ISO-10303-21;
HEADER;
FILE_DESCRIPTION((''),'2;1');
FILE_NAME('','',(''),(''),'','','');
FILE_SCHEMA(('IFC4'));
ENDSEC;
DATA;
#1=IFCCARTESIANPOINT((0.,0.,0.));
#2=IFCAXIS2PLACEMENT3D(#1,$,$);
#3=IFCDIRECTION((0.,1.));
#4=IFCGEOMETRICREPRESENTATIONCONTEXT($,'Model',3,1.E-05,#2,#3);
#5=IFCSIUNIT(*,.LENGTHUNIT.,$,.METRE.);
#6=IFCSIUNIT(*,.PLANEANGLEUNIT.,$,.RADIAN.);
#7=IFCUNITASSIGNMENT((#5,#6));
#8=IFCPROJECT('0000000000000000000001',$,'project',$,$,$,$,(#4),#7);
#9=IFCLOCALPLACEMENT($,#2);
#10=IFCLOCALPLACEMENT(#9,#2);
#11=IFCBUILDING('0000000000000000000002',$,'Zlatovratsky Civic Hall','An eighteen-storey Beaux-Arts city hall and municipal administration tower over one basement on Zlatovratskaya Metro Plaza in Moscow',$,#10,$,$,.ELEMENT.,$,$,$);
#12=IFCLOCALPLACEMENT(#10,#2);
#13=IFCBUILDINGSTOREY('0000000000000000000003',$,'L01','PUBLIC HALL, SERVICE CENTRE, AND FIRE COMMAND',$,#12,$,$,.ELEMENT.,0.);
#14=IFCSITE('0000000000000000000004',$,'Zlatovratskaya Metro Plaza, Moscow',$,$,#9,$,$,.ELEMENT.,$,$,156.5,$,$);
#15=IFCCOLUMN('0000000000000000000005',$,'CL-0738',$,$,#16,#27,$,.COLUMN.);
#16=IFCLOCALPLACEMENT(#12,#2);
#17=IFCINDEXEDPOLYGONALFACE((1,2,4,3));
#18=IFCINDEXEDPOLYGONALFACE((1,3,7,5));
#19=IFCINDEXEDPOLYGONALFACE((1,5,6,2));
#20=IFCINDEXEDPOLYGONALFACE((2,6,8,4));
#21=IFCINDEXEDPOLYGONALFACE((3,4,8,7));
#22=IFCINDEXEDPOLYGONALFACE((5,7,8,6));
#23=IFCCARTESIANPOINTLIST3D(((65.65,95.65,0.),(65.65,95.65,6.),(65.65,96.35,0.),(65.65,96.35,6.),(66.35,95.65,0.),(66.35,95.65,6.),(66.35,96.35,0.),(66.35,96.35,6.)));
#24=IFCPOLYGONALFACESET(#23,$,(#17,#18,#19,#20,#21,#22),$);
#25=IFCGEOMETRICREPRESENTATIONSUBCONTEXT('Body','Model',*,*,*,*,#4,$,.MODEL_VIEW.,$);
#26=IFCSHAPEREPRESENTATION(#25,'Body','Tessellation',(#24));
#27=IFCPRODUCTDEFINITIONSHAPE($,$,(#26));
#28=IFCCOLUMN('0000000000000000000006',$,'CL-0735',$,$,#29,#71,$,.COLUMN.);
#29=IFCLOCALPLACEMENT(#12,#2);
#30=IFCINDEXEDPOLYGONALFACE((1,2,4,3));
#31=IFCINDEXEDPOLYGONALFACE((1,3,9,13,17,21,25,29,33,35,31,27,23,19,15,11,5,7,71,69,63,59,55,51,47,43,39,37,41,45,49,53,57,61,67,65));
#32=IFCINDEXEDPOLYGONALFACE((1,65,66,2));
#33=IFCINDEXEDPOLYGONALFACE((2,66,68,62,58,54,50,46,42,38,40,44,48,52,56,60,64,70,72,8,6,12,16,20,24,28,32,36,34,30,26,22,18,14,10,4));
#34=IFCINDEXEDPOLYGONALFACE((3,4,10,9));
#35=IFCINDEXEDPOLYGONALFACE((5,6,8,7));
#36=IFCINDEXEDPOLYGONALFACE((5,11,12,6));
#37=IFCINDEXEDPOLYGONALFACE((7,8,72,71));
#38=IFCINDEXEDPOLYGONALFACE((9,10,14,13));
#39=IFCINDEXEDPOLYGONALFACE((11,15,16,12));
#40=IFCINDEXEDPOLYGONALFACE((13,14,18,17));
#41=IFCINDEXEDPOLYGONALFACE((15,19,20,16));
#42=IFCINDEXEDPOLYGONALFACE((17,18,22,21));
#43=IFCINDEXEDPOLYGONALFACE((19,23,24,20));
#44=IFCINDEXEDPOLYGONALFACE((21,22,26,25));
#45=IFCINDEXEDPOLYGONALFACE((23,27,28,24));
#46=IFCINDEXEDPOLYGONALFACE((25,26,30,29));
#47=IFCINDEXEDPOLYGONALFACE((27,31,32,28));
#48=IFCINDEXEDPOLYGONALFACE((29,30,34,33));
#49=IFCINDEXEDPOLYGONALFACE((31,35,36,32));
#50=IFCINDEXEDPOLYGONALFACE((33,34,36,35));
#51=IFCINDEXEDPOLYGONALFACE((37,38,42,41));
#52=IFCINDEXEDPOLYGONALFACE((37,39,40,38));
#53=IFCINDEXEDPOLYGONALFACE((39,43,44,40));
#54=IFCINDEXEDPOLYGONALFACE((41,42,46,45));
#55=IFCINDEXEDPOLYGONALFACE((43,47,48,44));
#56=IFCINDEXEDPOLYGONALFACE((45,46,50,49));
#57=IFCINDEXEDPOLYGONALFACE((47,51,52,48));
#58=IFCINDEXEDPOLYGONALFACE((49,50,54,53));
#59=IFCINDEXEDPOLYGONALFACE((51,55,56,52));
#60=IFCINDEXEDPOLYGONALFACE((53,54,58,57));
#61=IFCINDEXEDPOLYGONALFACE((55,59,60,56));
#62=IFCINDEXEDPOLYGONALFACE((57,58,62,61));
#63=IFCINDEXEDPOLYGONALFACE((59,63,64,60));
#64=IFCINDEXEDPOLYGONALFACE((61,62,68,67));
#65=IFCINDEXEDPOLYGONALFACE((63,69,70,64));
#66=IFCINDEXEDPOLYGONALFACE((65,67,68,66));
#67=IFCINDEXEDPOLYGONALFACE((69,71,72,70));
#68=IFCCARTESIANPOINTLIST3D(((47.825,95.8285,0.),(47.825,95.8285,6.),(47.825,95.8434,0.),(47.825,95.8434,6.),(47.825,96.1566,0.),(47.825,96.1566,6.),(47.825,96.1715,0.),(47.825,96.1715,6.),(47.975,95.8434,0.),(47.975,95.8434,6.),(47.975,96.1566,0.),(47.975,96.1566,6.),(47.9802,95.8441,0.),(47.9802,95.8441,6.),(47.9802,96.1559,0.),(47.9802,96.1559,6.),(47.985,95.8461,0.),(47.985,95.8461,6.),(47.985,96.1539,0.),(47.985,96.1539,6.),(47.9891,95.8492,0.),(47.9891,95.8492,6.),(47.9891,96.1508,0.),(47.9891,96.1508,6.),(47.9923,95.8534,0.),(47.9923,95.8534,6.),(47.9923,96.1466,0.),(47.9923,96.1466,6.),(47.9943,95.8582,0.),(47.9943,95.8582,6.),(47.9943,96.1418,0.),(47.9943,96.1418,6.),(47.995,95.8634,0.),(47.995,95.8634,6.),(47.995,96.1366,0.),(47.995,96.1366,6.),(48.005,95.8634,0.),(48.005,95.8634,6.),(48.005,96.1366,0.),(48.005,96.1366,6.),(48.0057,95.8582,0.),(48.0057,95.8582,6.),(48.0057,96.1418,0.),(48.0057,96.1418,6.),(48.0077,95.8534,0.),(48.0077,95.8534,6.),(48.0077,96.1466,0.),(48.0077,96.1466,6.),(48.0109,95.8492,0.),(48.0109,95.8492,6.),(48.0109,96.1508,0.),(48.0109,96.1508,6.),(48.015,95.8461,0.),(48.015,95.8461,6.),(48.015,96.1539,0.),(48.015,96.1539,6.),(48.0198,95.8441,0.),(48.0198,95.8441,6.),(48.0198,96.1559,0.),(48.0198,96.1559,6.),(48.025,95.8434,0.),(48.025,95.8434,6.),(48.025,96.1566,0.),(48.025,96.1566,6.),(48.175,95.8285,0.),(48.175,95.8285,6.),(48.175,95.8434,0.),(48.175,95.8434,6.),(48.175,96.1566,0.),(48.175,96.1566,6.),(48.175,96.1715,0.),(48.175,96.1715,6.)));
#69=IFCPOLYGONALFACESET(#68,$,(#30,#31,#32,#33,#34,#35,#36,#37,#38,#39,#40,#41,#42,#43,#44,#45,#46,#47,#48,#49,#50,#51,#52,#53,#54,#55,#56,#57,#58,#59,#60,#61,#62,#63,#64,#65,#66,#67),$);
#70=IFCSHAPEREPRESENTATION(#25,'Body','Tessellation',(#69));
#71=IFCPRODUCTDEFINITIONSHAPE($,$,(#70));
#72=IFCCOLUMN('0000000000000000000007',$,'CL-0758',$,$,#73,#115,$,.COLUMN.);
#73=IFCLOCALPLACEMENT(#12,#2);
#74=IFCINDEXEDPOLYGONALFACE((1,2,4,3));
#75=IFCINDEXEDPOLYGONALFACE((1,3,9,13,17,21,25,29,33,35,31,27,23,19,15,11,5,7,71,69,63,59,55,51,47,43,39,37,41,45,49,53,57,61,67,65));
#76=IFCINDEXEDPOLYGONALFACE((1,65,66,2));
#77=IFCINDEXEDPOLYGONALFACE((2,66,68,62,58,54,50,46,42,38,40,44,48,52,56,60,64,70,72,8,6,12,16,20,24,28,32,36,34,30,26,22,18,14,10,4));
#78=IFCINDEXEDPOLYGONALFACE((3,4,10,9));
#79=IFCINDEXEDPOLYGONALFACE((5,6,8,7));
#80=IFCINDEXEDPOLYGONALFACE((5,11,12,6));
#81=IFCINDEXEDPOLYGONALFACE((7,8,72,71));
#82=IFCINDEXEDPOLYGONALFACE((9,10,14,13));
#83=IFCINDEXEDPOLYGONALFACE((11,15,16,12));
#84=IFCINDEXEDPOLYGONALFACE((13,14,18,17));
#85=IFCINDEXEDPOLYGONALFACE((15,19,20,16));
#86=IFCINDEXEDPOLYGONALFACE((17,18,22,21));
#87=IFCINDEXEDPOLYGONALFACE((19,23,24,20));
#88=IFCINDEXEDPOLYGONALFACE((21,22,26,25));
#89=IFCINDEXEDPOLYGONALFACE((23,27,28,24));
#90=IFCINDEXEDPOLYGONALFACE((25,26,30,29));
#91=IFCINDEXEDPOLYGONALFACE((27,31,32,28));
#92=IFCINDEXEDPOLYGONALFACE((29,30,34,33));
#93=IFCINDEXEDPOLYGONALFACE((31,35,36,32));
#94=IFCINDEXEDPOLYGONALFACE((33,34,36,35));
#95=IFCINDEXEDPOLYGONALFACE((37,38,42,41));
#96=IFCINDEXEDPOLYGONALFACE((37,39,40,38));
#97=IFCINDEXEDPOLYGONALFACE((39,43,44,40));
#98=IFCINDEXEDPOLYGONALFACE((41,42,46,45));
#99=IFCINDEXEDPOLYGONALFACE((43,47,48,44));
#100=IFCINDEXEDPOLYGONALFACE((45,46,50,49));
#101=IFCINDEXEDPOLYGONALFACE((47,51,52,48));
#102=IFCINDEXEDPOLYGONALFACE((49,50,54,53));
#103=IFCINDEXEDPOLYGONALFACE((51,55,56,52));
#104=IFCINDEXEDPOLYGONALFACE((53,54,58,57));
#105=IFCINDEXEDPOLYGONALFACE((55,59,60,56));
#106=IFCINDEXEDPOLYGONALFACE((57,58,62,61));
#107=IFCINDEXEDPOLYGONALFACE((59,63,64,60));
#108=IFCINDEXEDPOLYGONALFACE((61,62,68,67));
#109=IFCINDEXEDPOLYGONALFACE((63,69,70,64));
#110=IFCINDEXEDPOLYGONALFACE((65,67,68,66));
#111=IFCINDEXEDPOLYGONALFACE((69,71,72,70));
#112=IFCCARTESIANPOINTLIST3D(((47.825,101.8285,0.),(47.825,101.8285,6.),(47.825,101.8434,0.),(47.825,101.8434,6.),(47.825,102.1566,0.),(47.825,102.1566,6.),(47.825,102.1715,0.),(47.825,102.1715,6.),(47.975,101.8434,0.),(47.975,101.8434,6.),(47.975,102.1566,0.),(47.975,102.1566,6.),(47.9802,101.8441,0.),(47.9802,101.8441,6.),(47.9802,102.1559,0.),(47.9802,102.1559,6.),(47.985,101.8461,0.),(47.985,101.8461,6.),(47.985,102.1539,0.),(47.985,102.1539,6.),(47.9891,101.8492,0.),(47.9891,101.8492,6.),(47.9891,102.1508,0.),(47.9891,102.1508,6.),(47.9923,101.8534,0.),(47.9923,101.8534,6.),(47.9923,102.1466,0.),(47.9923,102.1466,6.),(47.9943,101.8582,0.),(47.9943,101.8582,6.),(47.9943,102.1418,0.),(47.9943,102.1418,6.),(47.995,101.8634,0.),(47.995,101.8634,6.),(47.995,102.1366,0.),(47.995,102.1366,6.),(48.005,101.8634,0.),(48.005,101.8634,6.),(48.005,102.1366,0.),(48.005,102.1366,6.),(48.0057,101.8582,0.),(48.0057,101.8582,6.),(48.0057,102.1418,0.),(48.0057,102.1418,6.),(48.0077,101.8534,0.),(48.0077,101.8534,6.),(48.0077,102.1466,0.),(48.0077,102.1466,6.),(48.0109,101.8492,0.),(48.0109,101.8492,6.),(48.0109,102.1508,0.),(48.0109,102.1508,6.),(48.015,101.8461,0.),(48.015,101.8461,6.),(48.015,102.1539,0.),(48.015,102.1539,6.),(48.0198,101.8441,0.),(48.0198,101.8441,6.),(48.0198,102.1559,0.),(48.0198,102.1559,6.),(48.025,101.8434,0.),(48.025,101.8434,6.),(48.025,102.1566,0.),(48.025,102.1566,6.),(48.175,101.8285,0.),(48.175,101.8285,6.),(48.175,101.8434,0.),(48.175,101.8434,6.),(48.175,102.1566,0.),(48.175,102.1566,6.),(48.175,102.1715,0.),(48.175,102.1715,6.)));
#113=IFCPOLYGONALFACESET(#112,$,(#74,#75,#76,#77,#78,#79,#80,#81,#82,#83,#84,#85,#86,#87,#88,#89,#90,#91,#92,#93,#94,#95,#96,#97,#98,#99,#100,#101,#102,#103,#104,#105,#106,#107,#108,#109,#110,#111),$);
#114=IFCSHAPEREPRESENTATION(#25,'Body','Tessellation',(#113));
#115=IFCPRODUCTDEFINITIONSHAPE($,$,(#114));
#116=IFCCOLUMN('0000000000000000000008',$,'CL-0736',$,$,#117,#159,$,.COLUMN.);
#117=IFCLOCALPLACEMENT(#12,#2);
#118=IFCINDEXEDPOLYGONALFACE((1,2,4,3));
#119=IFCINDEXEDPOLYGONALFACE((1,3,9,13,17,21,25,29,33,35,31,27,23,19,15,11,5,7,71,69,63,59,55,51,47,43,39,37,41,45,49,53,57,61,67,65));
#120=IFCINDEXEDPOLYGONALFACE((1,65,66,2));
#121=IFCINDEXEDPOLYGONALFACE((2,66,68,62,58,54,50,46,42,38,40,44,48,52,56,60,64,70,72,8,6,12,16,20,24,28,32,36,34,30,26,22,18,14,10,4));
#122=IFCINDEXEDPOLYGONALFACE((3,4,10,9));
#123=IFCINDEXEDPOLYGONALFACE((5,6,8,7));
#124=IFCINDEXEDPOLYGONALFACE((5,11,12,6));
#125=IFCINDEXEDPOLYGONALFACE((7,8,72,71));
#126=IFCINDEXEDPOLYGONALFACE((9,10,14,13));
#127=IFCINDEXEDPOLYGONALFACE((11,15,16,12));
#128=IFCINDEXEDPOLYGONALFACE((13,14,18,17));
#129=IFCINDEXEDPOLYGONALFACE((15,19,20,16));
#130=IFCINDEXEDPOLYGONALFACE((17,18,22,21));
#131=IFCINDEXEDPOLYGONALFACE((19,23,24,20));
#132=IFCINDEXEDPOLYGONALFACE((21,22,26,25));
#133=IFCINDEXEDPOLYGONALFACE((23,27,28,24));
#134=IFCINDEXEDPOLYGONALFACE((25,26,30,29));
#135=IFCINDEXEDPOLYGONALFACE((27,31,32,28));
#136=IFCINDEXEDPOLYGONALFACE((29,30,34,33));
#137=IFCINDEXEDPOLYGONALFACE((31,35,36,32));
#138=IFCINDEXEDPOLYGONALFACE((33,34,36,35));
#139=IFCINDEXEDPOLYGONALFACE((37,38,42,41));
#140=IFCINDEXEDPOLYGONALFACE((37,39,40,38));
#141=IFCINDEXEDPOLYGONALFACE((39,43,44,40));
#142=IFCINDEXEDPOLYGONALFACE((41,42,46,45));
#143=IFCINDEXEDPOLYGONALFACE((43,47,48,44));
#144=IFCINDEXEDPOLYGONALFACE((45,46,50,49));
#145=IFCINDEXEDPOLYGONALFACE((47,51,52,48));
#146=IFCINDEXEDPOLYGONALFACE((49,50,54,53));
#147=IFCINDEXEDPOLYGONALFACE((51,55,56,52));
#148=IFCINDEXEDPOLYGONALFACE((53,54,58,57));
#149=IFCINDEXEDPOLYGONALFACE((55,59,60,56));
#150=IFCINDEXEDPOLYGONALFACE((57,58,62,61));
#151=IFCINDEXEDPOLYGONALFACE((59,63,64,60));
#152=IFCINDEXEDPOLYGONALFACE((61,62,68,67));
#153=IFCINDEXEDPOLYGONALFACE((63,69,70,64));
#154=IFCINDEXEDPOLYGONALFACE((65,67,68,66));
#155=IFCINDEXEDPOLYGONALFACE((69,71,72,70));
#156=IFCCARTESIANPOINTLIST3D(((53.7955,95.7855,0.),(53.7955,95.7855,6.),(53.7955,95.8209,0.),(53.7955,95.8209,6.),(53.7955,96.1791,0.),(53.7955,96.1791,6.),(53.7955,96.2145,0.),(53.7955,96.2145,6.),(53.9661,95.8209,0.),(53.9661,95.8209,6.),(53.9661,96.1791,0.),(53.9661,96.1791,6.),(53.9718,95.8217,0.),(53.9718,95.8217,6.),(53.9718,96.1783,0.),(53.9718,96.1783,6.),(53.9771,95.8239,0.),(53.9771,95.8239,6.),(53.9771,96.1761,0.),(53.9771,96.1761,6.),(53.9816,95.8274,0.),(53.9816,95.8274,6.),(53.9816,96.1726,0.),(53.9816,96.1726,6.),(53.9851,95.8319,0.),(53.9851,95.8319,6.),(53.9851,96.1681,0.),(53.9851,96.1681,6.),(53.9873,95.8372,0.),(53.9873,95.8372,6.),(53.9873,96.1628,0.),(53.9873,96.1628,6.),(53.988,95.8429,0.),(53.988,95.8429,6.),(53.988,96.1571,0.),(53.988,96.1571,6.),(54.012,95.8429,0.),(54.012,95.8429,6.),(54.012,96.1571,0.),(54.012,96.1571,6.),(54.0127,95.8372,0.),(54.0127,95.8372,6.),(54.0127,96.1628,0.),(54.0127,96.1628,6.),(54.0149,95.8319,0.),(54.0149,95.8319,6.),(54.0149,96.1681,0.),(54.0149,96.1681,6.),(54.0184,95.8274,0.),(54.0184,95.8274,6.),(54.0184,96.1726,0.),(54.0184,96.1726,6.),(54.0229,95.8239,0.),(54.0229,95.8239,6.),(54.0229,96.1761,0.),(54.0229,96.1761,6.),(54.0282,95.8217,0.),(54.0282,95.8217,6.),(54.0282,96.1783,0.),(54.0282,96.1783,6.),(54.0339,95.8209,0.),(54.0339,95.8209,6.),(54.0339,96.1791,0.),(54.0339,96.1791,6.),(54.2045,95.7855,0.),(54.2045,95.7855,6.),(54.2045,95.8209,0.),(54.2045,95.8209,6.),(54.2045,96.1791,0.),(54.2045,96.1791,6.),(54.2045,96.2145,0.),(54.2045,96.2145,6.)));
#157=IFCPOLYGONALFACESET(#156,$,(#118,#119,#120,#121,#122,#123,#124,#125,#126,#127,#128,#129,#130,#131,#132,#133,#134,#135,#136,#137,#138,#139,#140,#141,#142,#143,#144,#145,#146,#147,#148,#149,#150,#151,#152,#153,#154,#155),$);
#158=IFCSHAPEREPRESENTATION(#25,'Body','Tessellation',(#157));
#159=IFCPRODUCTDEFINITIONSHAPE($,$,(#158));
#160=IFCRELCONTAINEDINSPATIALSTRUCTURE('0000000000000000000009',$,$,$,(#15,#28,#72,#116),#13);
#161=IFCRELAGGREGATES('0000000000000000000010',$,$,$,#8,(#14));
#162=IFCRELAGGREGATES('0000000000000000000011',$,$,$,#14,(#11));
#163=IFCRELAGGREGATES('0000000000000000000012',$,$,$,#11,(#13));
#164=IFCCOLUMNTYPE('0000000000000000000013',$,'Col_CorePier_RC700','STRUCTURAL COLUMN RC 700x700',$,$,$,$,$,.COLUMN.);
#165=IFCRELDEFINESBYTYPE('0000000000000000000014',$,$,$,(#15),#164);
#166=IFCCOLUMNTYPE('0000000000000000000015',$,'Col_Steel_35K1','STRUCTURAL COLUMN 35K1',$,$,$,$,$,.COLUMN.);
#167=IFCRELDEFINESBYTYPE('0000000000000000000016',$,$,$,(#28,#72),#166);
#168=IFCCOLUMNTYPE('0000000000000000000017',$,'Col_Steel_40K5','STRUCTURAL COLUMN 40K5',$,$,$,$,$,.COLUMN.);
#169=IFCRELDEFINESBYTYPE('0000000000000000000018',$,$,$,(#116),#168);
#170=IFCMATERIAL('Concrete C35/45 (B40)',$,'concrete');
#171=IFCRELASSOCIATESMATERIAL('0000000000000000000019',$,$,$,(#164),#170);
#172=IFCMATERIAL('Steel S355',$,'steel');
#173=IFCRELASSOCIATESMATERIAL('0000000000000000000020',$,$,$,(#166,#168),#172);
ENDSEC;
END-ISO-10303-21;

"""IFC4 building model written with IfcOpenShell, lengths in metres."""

from ifc_helpers import new_model, si_unit, direction, frame, origin, origin_2d, place, context, subcontext, project, spatial, rectangle, i_section, extrude, material, material_profile, profile_set, type_object, element, save


model = new_model("IFC4")

# Units and contexts
model_context = context("Model", 3, precision=1e-05, world=origin(), true_north=direction((0.0, 1.0)))
body_context = subcontext(model_context, "Body", "Model", "MODEL_VIEW")
ifc_project = project(units=[si_unit("LENGTHUNIT", "METRE"), si_unit("PLANEANGLEUNIT", "RADIAN")], contexts=[model_context])

# Site, building, storey
site_placement = place(None, origin())
site = spatial("IfcSite", under=ifc_project, at=site_placement, Name="Zlatovratskaya Metro Plaza, Moscow", CompositionType="ELEMENT", RefElevation=156.5)
building_placement = place(site_placement, origin())
building = spatial("IfcBuilding", under=site, at=building_placement, Name="Zlatovratsky Civic Hall", Description="An eighteen-storey Beaux-Arts city hall and municipal administration tower over one basement on Zlatovratskaya Metro Plaza in Moscow", CompositionType="ELEMENT")
storey_placement = place(building_placement, origin())
storey = spatial("IfcBuildingStorey", under=building, at=storey_placement, Name="L01", Description="PUBLIC HALL, SERVICE CENTRE, AND FIRE COMMAND", CompositionType="ELEMENT", Elevation=0.0)

# Columns
ifc_material_1 = material(Name="Concrete C35/45 (B40)", Category="concrete")
ifc_material_profile_1 = material_profile(ifc_material_1, rectangle(XDim=0.7, YDim=0.7, at=origin_2d()), Name="RC 700x700")
ifc_profile_set_1 = profile_set([ifc_material_profile_1], Name="Concrete C35/45 (B40)")
column_type_1 = type_object("IfcColumnType", Name="Col_CorePier_RC700", Description="STRUCTURAL COLUMN RC 700x700", PredefinedType="COLUMN", material=ifc_profile_set_1)
column_placement = place(storey_placement, frame((66.0, 96.0, 0.0), z_axis=(0.0, 0.0, 1.0), x_axis=(1.0, 0.0, 0.0)))
element("IfcColumn", 1, at=column_placement, inside=storey, type_object=column_type_1, Name="CL-0738", PredefinedType="COLUMN", context=body_context, shape_type="SweptSolid", body=[
    extrude(rectangle(XDim=0.7, YDim=0.7, at=origin_2d()), origin(), (0.0, 0.0, 1.0), 6.0),
])
ifc_material_2 = material(Name="Steel S355", Category="steel")
ifc_material_profile_2 = material_profile(ifc_material_2, i_section(OverallWidth=0.3501, OverallDepth=0.343, WebThickness=0.01, FlangeThickness=0.0149, FilletRadius=0.02, at=origin_2d()), Name="35K1")
ifc_profile_set_2 = profile_set([ifc_material_profile_2], Name="Steel S355")
column_type_2 = type_object("IfcColumnType", Name="Col_Steel_35K1", Description="STRUCTURAL COLUMN 35K1", PredefinedType="COLUMN", material=ifc_profile_set_2)
for number, where, z_axis, x_axis, name in (
    (2, (48.0, 96.0, 0.0), (0.0, 0.0, 1.0), (1.0, 0.0, 0.0), "CL-0735"),
    (3, (48.0, 102.0, 0.0), (0.0, 0.0, 1.0), (1.0, 0.0, 0.0), "CL-0758"),
):
    element("IfcColumn", number, at=place(storey_placement, frame(where, z_axis=z_axis, x_axis=x_axis)), inside=storey, type_object=column_type_2, Name=name, PredefinedType="COLUMN", context=body_context, shape_type="SweptSolid", body=[
        extrude(i_section(OverallWidth=0.3501, OverallDepth=0.343, WebThickness=0.01, FlangeThickness=0.0149, FilletRadius=0.02, at=origin_2d()), origin(), (0.0, 0.0, 1.0), 6.0),
    ])
ifc_material_profile_3 = material_profile(ifc_material_2, i_section(OverallWidth=0.4089, OverallDepth=0.429, WebThickness=0.0239, FlangeThickness=0.0354, FilletRadius=0.022, at=origin_2d()), Name="40K5")
ifc_profile_set_3 = profile_set([ifc_material_profile_3], Name="Steel S355")
column_type_3 = type_object("IfcColumnType", Name="Col_Steel_40K5", Description="STRUCTURAL COLUMN 40K5", PredefinedType="COLUMN", material=ifc_profile_set_3)
for number, where, z_axis, x_axis, name in (
    (4, (54.0, 96.0, 0.0), (0.0, 0.0, 1.0), (1.0, 0.0, 0.0), "CL-0736"),
):
    element("IfcColumn", number, at=place(storey_placement, frame(where, z_axis=z_axis, x_axis=x_axis)), inside=storey, type_object=column_type_3, Name=name, PredefinedType="COLUMN", context=body_context, shape_type="SweptSolid", body=[
        extrude(i_section(OverallWidth=0.4089, OverallDepth=0.429, WebThickness=0.0239, FlangeThickness=0.0354, FilletRadius=0.022, at=origin_2d()), origin(), (0.0, 0.0, 1.0), 6.0),
    ])

save(model, "model.ifc")
